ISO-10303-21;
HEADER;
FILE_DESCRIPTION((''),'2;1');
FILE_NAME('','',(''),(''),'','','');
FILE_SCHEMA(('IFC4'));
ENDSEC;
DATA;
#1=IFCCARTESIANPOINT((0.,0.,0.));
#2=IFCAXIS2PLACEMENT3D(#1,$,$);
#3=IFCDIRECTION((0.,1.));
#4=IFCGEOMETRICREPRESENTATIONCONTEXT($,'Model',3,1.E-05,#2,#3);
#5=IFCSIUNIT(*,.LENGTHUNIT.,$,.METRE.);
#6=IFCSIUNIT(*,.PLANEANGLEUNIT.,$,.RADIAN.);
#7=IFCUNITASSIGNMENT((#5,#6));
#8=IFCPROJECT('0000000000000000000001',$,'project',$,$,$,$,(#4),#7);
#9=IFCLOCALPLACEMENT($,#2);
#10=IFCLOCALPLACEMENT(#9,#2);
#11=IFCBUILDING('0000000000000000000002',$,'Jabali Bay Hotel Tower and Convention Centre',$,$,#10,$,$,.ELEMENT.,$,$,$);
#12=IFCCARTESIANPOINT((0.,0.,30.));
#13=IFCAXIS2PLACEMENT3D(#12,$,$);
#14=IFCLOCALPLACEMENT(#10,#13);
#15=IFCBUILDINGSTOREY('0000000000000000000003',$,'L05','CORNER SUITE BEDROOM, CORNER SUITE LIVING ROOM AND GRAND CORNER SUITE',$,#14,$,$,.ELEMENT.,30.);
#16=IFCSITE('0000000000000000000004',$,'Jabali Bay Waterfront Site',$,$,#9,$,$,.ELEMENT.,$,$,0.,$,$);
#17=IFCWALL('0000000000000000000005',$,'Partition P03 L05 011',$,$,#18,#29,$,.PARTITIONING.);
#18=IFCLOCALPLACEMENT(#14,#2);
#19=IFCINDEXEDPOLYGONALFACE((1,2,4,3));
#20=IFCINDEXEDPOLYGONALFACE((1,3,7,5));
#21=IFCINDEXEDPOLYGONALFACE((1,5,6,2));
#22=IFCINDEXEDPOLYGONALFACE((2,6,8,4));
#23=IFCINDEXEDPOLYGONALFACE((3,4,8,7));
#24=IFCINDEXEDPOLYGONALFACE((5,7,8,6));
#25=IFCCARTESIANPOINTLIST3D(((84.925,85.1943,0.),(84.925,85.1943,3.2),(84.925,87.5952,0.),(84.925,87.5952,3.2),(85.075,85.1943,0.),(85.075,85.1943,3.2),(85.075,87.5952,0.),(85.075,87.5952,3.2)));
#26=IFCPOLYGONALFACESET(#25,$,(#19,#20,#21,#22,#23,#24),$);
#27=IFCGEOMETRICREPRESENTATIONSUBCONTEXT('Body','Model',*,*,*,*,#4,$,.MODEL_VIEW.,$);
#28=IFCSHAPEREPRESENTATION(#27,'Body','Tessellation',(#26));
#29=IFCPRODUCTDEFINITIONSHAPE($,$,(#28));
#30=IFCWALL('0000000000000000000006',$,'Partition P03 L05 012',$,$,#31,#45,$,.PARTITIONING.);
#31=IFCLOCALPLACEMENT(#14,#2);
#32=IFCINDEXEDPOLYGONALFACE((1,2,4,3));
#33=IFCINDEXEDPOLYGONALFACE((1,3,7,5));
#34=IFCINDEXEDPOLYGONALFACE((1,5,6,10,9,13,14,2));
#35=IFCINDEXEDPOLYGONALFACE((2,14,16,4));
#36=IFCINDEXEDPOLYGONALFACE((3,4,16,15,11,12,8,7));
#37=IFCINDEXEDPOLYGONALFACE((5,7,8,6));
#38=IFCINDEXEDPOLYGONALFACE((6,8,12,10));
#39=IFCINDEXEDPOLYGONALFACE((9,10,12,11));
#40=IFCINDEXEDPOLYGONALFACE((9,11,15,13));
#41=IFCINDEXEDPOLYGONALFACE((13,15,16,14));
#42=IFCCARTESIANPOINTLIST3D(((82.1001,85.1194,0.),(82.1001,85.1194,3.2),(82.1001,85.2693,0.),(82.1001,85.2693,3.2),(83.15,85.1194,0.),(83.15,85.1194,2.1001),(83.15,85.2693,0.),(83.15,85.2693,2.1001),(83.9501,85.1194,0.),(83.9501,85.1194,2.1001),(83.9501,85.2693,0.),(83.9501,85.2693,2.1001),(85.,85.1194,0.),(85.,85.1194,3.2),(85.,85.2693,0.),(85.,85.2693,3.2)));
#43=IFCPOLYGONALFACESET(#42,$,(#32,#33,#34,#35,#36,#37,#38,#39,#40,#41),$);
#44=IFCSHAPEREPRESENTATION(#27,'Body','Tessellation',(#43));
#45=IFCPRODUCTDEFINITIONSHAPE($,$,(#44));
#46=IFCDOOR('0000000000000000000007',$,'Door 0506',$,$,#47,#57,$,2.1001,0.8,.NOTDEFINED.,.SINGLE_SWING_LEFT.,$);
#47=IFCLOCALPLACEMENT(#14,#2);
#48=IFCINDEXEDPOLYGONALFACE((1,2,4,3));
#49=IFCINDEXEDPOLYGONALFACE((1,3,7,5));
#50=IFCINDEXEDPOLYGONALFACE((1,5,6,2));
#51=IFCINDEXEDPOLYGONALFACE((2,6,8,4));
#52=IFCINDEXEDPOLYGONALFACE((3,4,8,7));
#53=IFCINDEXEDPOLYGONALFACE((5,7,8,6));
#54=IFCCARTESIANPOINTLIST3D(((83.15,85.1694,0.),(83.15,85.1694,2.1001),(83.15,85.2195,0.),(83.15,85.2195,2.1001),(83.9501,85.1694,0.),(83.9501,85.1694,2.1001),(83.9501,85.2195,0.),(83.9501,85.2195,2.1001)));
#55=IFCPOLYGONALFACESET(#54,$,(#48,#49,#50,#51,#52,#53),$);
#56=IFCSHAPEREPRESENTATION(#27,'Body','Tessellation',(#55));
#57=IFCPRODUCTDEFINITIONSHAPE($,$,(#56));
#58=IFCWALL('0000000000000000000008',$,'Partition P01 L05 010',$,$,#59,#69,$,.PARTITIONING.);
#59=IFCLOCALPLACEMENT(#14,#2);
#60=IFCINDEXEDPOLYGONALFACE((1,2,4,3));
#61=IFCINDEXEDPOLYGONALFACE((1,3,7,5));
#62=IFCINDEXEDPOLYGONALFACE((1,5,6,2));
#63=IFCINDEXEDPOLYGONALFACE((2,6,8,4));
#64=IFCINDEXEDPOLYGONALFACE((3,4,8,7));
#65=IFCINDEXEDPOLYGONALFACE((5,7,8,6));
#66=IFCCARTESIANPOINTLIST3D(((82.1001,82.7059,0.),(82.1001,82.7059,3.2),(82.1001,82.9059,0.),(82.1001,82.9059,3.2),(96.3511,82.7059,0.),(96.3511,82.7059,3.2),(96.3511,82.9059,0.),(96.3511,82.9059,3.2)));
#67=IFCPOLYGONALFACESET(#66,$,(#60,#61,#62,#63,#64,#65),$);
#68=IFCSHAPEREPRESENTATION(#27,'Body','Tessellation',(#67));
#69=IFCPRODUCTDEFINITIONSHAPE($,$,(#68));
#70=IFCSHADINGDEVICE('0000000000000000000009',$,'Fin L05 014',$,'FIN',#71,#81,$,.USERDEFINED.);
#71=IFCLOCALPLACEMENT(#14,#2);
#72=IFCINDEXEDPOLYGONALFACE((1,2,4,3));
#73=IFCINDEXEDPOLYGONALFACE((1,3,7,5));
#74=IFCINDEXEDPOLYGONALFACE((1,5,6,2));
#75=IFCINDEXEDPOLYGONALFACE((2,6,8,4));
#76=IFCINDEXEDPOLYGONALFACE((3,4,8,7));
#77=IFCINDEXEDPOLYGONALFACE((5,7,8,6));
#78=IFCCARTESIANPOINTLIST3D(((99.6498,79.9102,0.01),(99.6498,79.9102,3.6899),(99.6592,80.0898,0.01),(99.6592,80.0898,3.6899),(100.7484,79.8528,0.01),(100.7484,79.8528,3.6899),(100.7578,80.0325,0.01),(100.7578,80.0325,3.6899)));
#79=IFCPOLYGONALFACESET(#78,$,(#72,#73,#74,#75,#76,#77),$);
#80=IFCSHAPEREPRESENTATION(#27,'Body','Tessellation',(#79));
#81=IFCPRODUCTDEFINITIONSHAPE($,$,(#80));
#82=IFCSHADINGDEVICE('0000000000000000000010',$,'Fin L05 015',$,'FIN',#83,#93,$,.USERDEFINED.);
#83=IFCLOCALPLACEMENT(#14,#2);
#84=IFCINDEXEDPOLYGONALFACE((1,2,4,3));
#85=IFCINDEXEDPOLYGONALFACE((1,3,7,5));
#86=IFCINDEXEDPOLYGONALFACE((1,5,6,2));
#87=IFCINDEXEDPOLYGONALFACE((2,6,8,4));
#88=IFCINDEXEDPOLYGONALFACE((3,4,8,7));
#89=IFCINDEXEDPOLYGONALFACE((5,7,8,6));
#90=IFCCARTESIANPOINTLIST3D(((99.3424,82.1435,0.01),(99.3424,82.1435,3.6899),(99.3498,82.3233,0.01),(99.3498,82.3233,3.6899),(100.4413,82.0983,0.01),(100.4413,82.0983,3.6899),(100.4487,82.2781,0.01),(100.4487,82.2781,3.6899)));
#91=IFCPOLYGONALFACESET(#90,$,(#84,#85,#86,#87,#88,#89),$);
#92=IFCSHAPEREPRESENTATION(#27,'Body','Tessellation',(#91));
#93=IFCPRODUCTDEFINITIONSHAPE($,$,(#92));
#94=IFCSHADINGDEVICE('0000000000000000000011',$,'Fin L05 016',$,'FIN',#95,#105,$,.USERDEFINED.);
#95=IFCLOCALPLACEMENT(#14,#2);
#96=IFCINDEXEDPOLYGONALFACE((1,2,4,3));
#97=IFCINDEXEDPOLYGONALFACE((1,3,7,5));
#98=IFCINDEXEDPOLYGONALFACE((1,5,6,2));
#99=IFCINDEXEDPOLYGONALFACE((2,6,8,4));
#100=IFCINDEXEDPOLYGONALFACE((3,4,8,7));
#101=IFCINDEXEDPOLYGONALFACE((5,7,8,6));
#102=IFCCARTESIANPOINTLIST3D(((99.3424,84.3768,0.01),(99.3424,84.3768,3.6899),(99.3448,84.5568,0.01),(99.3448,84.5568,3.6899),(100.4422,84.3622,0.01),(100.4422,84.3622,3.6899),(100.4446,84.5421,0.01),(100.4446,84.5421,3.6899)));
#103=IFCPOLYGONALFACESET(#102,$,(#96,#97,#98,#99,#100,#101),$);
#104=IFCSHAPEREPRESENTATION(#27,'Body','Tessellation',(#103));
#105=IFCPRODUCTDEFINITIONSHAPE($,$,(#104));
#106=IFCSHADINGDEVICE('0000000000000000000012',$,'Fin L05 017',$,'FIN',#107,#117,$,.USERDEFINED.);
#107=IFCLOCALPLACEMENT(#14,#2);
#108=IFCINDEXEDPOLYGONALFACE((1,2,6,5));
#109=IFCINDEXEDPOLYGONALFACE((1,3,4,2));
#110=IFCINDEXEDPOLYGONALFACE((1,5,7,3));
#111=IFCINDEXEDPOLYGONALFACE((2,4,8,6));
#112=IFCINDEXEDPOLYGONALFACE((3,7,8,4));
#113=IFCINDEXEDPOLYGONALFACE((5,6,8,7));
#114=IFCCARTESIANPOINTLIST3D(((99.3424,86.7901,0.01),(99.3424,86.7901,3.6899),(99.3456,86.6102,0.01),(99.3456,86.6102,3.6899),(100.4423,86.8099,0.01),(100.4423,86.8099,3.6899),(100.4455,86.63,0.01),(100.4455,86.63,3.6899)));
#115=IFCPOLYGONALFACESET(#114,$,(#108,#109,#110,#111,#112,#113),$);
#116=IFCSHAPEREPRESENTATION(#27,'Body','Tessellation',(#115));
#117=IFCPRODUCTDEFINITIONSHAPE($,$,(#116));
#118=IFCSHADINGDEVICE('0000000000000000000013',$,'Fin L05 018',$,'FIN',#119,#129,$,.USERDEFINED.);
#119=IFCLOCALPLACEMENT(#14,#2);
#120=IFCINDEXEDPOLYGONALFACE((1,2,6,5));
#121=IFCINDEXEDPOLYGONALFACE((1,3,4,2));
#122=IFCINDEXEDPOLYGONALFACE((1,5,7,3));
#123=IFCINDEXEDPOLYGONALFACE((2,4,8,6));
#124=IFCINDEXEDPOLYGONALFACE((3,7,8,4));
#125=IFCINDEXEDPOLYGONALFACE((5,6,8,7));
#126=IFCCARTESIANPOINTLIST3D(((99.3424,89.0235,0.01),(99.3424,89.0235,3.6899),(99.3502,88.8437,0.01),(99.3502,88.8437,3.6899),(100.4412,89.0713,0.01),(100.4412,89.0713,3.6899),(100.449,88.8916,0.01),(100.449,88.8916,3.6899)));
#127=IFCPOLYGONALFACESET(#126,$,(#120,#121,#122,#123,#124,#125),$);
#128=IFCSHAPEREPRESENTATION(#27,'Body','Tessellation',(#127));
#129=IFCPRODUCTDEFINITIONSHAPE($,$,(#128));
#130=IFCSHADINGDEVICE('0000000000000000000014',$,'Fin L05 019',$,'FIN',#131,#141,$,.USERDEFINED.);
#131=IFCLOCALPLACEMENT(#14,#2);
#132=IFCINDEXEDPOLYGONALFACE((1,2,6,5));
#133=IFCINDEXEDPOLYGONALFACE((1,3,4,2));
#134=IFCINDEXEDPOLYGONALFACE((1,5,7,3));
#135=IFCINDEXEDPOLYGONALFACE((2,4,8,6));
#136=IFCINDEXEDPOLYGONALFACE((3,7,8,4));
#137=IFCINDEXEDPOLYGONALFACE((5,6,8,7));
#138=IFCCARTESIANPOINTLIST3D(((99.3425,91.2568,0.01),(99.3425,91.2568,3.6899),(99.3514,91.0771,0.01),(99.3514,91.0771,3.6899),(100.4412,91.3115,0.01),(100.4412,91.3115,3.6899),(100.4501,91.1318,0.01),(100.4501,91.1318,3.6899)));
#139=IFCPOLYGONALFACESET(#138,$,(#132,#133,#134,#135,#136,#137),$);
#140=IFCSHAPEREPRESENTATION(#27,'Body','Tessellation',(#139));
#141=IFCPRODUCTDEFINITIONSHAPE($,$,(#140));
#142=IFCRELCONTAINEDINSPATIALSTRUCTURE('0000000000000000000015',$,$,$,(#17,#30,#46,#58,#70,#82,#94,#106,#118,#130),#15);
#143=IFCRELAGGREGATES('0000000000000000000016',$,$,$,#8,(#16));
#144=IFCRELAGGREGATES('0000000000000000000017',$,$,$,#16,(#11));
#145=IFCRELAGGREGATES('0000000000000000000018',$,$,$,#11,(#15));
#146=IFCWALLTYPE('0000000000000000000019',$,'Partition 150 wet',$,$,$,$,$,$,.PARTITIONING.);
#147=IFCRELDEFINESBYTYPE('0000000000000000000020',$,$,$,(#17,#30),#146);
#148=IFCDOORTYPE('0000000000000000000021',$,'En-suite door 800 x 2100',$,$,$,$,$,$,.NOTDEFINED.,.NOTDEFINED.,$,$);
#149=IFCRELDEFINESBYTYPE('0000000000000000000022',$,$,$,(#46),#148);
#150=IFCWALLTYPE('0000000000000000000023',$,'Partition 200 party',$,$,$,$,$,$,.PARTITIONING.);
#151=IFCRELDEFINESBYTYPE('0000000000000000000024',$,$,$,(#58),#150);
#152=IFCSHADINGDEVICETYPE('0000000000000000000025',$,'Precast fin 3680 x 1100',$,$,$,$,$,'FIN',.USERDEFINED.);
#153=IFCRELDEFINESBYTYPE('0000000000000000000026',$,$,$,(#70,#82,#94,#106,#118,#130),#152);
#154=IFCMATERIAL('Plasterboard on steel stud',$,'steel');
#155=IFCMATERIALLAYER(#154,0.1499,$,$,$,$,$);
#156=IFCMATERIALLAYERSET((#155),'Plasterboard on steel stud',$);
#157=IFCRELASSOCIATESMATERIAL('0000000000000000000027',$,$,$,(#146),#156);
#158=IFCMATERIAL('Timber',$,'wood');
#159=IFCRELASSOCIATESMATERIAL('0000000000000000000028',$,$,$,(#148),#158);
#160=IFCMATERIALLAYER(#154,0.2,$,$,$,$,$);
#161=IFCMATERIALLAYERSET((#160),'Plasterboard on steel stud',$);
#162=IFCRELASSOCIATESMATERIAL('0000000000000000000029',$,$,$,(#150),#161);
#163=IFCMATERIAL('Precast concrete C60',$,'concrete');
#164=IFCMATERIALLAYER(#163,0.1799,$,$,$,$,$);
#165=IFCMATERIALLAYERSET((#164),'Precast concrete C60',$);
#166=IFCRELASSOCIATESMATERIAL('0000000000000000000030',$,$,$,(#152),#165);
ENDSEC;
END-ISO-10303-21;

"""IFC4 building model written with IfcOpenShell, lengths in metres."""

from ifc_helpers import new_model, si_unit, direction, frame, frame_2d, origin, place, context, subcontext, project, spatial, rectangle, extrude, material, layer, layer_set, type_object, element, fill, save


model = new_model("IFC4")

# Units and contexts
model_context = context("Model", 3, precision=1e-05, world=origin(), true_north=direction((0.0, 1.0)))
body_context = subcontext(model_context, "Body", "Model", "MODEL_VIEW")
ifc_project = project(units=[si_unit("LENGTHUNIT", "METRE"), si_unit("PLANEANGLEUNIT", "RADIAN")], contexts=[model_context])

# Site, building, storey
site_placement = place(None, origin())
site = spatial("IfcSite", under=ifc_project, at=site_placement, Name="Jabali Bay Waterfront Site", CompositionType="ELEMENT", RefElevation=0.0)
building_placement = place(site_placement, origin())
building = spatial("IfcBuilding", under=site, at=building_placement, Name="Jabali Bay Hotel Tower and Convention Centre", CompositionType="ELEMENT")
storey_placement = place(building_placement, frame((0.0, 0.0, 30.0)))
storey = spatial("IfcBuildingStorey", under=building, at=storey_placement, Name="L05", Description="CORNER SUITE BEDROOM, CORNER SUITE LIVING ROOM AND GRAND CORNER SUITE", CompositionType="ELEMENT", Elevation=30.0)

# Shared definitions
ifc_material_1 = material(Name="Plasterboard on steel stud", Category="steel")
ifc_layer_1 = layer(ifc_material_1, 0.1499)
ifc_layer_set_1 = layer_set([ifc_layer_1], Name="Plasterboard on steel stud")
wall_type_1 = type_object("IfcWallType", Name="Partition 150 wet", PredefinedType="PARTITIONING", material=ifc_layer_set_1)
ifc_material_2 = material(Name="Timber", Category="wood")

# Wall
wall_1_placement = place(storey_placement, frame((85.0, 87.5952, 0.0), z_axis=(0.0, 0.0, 1.0), x_axis=(0.0, -1.0, 0.0)))
element("IfcWall", 1, at=wall_1_placement, inside=storey, type_object=wall_type_1, Name="Partition P03 L05 011", PredefinedType="PARTITIONING", context=body_context, shape_type="SweptSolid", body=[
    extrude(rectangle(XDim=2.4009, YDim=0.1499, at=frame_2d((1.2004, 0.0))), origin(), (0.0, 0.0, 1.0), 3.2),
])

# Wall, opening, door
wall_2_placement = place(storey_placement, frame((85.0, 85.1943, 0.0), z_axis=(0.0, 0.0, 1.0), x_axis=(-1.0, 0.0, 0.0)))
wall_2 = element("IfcWall", 2, at=wall_2_placement, inside=storey, type_object=wall_type_1, Name="Partition P03 L05 012", PredefinedType="PARTITIONING", context=body_context, shape_type="SweptSolid", body=[
    extrude(rectangle(XDim=2.8999, YDim=0.1499, at=frame_2d((1.45, 0.0))), origin(), (0.0, 0.0, 1.0), 3.2),
])
opening_1_placement = place(wall_2_placement, frame((1.05, 0.0, 0.0)))
opening_1 = element("IfcOpeningElement", 3, at=opening_1_placement, cuts=wall_2, PredefinedType="OPENING", context=body_context, shape_type="SweptSolid", body=[
    extrude(rectangle(XDim=0.8, YDim=2.1001, at=frame_2d((0.3999, 1.05))), frame((0.0, 0.0854, 0.0), z_axis=(0.0, -1.0, 0.0), x_axis=(1.0, 0.0, 0.0)), (0.0, 0.0, 1.0), 0.1709),
])
door_type_1 = type_object("IfcDoorType", Name="En-suite door 800 x 2100", OperationType="NOTDEFINED", PredefinedType="NOTDEFINED", material=ifc_material_2)
door_1_placement = place(opening_1_placement, origin())
door_1 = element("IfcDoor", 4, at=door_1_placement, inside=storey, type_object=door_type_1, Name="Door 0506", OperationType="SINGLE_SWING_LEFT", OverallHeight=2.1001, OverallWidth=0.8, PredefinedType="NOTDEFINED", context=body_context, shape_type="SweptSolid", body=[
    extrude(rectangle(XDim=0.8, YDim=2.1001, at=frame_2d((0.3999, 1.05))), frame((0.0, 0.0249, 0.0), z_axis=(0.0, -1.0, 0.0), x_axis=(1.0, 0.0, 0.0)), (0.0, 0.0, 1.0), 0.05),
])
fill(opening_1, door_1)

# Wall
ifc_layer_2 = layer(ifc_material_1, 0.2)
ifc_layer_set_2 = layer_set([ifc_layer_2], Name="Plasterboard on steel stud")
wall_type_2 = type_object("IfcWallType", Name="Partition 200 party", PredefinedType="PARTITIONING", material=ifc_layer_set_2)
wall_3_placement = place(storey_placement, frame((96.3511, 82.8059, 0.0), z_axis=(0.0, 0.0, 1.0), x_axis=(-1.0, 0.0, 0.0)))
element("IfcWall", 5, at=wall_3_placement, inside=storey, type_object=wall_type_2, Name="Partition P01 L05 010", PredefinedType="PARTITIONING", context=body_context, shape_type="SweptSolid", body=[
    extrude(rectangle(XDim=14.251, YDim=0.2, at=frame_2d((7.1255, 0.0))), origin(), (0.0, 0.0, 1.0), 3.2),
])

# Shading devices
ifc_material_3 = material(Name="Precast concrete C60", Category="concrete")
ifc_layer_3 = layer(ifc_material_3, 0.1799)
ifc_layer_set_3 = layer_set([ifc_layer_3], Name="Precast concrete C60")
shading_device_type = type_object("IfcShadingDeviceType", Name="Precast fin 3680 x 1100", ElementType="FIN", PredefinedType="USERDEFINED", material=ifc_layer_set_3)
shading_device_1_placement = place(storey_placement, frame((99.6545, 80.0, 0.01), z_axis=(0.0, 0.0, 1.0), x_axis=(0.998639, -0.052151, 0.0)))
element("IfcShadingDevice", 6, at=shading_device_1_placement, inside=storey, type_object=shading_device_type, Name="Fin L05 014", ObjectType="FIN", PredefinedType="USERDEFINED", context=body_context, shape_type="SweptSolid", body=[
    extrude(rectangle(XDim=1.1001, YDim=0.1799, at=frame_2d((0.55, 0.0))), origin(), (0.0, 0.0, 1.0), 3.6799),
])
for number, where, z_axis, x_axis, name in (
    (7, (99.3462, 82.2334, 0.01), (0.0, 0.0, 1.0), (0.999156, -0.041067, 0.0), "Fin L05 015"),
    (8, (99.3438, 84.4668, 0.01), (0.0, 0.0, 1.0), (0.999911, -0.013317, 0.0), "Fin L05 016"),
):
    element("IfcShadingDevice", number, at=place(storey_placement, frame(where, z_axis=z_axis, x_axis=x_axis)), inside=storey, type_object=shading_device_type, Name=name, ObjectType="FIN", PredefinedType="USERDEFINED", context=body_context, shape_type="SweptSolid", body=[
        extrude(rectangle(XDim=1.0999, YDim=0.1799, at=frame_2d((0.5498, 0.0))), origin(), (0.0, 0.0, 1.0), 3.6799),
    ])
shading_device_2_placement = place(storey_placement, frame((99.344, 86.7002, 0.01), z_axis=(0.0, 0.0, 1.0), x_axis=(0.999838, 0.017977, 0.0)))
element("IfcShadingDevice", 9, at=shading_device_2_placement, inside=storey, type_object=shading_device_type, Name="Fin L05 017", ObjectType="FIN", PredefinedType="USERDEFINED", context=body_context, shape_type="SweptSolid", body=[
    extrude(rectangle(XDim=1.1001, YDim=0.1799, at=frame_2d((0.55, 0.0))), origin(), (0.0, 0.0, 1.0), 3.6799),
])
shading_device_3_placement = place(storey_placement, frame((99.3464, 88.9336, 0.01), z_axis=(0.0, 0.0, 1.0), x_axis=(0.999053, 0.043505, 0.0)))
element("IfcShadingDevice", 10, at=shading_device_3_placement, inside=storey, type_object=shading_device_type, Name="Fin L05 018", ObjectType="FIN", PredefinedType="USERDEFINED", context=body_context, shape_type="SweptSolid", body=[
    extrude(rectangle(XDim=1.0999, YDim=0.1799, at=frame_2d((0.5498, 0.0))), origin(), (0.0, 0.0, 1.0), 3.6799),
])
shading_device_4_placement = place(storey_placement, frame((99.3469, 91.167, 0.01), z_axis=(0.0, 0.0, 1.0), x_axis=(0.998763, 0.049716, 0.0)))
element("IfcShadingDevice", 11, at=shading_device_4_placement, inside=storey, type_object=shading_device_type, Name="Fin L05 019", ObjectType="FIN", PredefinedType="USERDEFINED", context=body_context, shape_type="SweptSolid", body=[
    extrude(rectangle(XDim=1.1001, YDim=0.1799, at=frame_2d((0.55, 0.0))), origin(), (0.0, 0.0, 1.0), 3.6799),
])

save(model, "model.ifc")
